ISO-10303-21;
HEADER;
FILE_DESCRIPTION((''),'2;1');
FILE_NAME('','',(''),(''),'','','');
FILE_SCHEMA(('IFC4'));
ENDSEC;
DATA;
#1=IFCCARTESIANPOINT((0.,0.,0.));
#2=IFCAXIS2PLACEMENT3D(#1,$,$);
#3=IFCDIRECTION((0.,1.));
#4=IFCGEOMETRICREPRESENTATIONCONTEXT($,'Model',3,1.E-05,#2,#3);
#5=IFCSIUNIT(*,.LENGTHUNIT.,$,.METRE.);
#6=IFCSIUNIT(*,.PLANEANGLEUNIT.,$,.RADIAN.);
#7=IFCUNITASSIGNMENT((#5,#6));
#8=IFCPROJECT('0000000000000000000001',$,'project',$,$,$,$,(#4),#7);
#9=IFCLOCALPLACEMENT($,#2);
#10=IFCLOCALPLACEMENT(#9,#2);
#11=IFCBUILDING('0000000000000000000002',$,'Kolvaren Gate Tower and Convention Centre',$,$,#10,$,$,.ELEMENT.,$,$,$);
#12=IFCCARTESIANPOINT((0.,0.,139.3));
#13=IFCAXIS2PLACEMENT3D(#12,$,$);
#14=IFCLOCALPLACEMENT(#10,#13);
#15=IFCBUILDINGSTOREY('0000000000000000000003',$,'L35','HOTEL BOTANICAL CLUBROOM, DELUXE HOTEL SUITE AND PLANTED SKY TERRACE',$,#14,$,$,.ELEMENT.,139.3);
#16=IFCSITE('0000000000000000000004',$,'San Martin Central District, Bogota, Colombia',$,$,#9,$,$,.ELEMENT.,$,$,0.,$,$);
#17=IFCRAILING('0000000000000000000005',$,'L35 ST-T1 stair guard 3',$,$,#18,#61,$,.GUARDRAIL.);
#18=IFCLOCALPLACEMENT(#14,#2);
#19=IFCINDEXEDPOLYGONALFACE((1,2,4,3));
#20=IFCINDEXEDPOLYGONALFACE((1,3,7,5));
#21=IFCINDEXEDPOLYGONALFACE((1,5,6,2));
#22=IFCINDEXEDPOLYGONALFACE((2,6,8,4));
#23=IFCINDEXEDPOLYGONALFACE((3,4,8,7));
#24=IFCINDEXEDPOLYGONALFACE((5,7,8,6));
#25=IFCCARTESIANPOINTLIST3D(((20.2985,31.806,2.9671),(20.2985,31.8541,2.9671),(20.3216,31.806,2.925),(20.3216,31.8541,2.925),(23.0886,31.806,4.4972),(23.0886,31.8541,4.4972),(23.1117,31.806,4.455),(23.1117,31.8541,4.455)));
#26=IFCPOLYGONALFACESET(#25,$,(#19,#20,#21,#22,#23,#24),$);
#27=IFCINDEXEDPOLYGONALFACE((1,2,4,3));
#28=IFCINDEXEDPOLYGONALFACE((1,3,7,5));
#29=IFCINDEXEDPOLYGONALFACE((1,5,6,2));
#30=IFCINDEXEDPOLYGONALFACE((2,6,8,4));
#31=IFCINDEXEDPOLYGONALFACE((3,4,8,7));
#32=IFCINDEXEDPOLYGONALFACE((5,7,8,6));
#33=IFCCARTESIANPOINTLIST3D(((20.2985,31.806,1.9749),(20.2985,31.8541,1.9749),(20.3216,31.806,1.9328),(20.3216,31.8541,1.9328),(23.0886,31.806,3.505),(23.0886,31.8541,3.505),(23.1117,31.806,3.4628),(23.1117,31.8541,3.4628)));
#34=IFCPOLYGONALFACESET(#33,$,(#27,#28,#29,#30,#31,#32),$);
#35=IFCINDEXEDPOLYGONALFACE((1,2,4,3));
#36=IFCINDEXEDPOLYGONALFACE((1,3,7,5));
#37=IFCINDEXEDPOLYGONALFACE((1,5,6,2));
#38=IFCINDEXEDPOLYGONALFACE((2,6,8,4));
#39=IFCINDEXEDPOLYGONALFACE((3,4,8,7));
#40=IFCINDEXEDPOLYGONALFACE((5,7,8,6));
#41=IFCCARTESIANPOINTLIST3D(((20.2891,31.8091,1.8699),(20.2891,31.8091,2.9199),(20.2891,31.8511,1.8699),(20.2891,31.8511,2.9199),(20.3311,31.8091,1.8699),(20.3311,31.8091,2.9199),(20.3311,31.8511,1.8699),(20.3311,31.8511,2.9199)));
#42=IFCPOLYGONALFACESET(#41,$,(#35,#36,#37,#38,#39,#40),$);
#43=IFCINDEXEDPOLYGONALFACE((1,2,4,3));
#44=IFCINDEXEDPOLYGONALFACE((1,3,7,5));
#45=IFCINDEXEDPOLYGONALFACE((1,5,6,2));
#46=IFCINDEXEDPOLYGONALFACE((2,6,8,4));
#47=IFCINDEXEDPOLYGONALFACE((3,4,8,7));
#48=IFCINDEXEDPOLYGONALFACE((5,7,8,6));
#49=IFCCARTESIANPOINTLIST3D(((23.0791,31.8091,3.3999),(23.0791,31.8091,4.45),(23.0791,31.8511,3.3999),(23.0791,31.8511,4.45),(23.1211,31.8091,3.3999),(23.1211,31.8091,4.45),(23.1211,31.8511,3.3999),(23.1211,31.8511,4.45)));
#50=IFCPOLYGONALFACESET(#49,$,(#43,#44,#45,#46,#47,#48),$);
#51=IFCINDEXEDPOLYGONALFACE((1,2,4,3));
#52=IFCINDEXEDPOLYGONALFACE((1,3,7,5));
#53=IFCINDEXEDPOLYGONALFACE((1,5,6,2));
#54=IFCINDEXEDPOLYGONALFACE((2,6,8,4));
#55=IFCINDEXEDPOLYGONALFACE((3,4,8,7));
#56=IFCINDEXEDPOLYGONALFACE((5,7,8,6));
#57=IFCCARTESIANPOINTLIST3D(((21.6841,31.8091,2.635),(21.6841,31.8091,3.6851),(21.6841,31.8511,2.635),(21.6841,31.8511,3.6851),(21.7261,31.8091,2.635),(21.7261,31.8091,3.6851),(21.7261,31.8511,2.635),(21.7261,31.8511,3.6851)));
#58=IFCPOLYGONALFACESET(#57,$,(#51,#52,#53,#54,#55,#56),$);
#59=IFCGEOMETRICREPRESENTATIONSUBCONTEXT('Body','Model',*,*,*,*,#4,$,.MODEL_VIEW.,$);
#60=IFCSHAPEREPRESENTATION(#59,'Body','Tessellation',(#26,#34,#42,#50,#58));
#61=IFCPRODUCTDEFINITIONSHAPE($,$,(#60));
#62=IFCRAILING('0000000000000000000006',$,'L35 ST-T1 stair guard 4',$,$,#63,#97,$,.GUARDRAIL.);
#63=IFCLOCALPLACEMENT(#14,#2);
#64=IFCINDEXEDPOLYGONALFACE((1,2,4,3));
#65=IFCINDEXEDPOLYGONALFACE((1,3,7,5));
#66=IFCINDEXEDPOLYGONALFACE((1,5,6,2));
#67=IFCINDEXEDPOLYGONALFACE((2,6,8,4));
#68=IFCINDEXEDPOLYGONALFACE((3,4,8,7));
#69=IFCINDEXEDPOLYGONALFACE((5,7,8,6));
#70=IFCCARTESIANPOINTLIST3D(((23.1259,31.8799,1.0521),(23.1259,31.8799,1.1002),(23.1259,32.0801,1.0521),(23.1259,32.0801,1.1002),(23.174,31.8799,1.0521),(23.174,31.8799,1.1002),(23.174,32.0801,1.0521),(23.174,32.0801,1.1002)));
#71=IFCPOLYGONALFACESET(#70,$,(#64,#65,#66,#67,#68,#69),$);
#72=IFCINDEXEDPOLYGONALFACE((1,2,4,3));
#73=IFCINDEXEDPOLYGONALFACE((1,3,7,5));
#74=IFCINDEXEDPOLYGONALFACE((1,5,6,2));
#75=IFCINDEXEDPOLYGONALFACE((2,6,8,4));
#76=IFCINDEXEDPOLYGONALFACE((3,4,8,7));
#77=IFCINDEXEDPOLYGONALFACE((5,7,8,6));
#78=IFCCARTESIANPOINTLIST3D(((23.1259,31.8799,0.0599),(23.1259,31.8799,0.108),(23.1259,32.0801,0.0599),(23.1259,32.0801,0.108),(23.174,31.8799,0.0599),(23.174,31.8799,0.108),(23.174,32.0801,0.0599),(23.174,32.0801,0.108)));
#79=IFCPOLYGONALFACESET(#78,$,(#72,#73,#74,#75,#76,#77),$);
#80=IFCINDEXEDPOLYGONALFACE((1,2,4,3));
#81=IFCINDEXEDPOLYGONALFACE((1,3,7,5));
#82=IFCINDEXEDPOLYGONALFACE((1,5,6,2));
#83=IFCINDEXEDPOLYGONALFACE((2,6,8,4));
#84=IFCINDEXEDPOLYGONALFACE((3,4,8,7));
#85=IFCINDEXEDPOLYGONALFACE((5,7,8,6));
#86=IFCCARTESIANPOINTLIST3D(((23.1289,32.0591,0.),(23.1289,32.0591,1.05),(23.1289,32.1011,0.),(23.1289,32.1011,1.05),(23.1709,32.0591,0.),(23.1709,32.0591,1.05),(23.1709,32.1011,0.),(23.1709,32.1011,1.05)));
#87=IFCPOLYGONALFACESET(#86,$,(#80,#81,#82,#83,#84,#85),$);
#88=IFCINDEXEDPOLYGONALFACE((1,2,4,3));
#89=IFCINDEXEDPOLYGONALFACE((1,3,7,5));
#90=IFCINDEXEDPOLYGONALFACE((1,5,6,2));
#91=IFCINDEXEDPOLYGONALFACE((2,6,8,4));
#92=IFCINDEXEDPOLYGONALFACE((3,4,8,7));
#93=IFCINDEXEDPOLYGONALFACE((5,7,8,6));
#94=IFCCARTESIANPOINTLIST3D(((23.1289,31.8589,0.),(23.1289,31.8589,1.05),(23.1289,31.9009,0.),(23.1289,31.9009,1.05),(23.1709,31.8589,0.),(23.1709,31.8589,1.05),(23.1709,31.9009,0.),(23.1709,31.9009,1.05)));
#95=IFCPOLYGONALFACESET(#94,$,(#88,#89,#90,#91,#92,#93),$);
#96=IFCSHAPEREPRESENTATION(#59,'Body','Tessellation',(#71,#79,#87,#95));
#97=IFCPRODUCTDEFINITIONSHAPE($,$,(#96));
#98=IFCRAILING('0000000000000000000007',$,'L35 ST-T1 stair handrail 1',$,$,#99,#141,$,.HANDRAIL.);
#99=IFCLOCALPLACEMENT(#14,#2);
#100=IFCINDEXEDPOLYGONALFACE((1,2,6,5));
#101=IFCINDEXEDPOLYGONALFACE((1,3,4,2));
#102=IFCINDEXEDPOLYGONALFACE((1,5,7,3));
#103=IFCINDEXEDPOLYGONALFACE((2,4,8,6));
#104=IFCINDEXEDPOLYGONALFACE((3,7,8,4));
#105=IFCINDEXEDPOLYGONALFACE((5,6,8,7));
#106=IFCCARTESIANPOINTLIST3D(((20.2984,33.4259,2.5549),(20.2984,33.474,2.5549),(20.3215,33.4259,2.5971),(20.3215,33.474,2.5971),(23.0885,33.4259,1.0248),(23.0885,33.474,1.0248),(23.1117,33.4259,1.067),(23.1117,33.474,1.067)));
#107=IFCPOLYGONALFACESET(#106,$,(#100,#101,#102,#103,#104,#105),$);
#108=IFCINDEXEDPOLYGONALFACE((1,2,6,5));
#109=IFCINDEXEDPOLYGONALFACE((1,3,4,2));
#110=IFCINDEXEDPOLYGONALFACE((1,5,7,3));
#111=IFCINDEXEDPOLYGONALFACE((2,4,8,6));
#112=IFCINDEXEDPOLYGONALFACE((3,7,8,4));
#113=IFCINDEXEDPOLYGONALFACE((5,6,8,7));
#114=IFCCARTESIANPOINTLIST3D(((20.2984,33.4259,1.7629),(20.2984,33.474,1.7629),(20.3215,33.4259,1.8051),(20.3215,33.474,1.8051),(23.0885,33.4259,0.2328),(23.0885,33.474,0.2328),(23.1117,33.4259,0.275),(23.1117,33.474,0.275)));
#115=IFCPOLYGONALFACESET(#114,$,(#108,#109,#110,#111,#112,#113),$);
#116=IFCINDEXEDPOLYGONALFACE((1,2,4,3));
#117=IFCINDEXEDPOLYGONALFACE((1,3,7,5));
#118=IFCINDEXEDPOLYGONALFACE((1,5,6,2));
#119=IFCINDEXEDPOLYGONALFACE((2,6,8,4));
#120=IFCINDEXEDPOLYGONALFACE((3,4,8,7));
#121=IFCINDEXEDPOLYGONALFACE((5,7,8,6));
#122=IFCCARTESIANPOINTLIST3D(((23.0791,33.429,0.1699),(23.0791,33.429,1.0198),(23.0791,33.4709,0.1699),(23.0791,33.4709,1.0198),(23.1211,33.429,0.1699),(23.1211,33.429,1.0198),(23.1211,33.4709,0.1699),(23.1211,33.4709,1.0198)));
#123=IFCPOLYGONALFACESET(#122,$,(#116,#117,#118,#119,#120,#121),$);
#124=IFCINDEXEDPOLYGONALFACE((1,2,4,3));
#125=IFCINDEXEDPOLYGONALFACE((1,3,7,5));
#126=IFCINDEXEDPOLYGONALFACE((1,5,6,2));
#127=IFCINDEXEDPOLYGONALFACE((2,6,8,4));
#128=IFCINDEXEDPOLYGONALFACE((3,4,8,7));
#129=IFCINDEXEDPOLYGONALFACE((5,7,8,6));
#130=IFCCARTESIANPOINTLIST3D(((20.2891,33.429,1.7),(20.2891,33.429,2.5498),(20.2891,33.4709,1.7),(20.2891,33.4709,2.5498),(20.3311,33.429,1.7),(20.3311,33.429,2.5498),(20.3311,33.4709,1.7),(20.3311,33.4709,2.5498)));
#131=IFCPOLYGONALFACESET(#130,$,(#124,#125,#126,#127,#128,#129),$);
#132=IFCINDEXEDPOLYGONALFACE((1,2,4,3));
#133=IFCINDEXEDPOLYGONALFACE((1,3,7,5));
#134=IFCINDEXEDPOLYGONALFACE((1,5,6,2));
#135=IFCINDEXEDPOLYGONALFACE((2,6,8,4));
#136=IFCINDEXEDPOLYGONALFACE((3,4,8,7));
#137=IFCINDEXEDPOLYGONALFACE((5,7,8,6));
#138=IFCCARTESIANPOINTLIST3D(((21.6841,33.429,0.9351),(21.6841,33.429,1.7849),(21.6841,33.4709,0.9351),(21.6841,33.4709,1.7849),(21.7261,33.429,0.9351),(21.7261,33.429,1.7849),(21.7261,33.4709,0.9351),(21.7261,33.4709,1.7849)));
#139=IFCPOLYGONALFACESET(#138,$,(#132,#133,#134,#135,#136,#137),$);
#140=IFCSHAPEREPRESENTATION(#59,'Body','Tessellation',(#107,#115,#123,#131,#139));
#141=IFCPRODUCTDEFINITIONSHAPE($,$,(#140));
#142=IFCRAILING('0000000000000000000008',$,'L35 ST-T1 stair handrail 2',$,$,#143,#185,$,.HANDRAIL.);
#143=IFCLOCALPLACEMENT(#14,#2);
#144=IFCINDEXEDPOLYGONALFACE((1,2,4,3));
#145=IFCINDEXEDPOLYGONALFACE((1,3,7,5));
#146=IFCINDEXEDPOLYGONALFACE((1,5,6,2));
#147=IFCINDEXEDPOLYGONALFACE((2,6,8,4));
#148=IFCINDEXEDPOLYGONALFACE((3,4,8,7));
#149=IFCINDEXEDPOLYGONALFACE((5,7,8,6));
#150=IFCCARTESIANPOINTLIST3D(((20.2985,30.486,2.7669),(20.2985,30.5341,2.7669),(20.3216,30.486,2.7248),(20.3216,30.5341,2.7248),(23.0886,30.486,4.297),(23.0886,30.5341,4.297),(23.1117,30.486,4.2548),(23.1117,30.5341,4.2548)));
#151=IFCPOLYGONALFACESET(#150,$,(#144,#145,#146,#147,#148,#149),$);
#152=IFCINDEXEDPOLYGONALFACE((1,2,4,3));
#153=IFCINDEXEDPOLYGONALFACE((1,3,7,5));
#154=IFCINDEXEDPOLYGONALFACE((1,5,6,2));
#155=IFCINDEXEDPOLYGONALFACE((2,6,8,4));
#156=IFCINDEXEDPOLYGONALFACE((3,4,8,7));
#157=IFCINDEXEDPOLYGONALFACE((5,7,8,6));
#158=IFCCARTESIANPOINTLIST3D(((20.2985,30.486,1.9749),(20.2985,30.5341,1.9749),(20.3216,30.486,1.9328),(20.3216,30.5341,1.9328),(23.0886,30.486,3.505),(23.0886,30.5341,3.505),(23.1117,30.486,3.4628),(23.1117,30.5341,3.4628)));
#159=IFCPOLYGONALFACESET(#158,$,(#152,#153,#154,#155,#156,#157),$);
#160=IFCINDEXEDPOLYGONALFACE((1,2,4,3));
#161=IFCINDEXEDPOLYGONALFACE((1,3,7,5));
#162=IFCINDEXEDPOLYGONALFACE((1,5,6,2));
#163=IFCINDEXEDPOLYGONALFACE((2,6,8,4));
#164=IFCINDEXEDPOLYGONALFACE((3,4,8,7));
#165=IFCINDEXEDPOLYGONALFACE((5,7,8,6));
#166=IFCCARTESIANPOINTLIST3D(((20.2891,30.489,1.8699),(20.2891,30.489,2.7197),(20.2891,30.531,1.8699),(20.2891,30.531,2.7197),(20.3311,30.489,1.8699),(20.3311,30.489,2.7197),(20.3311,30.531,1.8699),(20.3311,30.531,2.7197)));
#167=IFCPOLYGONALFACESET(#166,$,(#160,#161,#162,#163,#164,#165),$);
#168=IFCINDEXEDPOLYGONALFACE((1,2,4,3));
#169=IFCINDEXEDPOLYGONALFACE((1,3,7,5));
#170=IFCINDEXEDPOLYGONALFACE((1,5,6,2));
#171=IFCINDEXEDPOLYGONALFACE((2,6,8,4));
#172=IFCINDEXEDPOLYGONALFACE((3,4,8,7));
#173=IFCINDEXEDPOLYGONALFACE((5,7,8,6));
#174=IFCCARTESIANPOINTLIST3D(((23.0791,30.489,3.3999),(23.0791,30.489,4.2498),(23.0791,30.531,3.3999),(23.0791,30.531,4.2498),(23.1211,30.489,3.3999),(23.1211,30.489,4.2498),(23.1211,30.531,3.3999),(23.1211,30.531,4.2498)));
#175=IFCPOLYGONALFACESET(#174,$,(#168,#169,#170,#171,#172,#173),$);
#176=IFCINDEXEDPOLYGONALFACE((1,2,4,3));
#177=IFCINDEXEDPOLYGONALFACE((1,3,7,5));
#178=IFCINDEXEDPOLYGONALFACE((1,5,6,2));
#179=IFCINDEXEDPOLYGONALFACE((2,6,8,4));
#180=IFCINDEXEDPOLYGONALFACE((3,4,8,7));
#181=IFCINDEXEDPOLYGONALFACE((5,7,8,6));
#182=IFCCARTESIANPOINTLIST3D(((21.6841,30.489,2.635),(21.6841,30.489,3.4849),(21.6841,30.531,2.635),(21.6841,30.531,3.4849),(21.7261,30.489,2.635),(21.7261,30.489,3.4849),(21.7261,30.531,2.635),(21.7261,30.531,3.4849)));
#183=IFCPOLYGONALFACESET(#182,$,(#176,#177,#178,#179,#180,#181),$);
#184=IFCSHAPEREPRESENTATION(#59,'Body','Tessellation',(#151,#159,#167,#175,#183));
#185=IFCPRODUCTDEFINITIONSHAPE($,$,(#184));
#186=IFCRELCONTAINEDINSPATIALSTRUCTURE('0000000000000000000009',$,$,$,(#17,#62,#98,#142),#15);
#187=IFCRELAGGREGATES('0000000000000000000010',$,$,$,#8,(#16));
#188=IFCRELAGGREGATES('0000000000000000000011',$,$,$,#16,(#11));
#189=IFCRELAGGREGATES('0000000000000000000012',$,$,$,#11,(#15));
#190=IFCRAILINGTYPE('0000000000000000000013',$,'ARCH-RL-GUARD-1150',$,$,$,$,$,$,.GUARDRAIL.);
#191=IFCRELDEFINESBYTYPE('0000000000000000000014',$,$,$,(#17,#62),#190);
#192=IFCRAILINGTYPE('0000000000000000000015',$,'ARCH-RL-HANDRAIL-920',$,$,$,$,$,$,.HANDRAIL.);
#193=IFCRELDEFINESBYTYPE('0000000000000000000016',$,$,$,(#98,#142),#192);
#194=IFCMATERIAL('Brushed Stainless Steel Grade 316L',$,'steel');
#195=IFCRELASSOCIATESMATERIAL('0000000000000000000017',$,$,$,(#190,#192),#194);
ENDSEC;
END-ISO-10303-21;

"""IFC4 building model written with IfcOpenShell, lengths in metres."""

from ifc_helpers import new_model, si_unit, direction, frame, origin, origin_2d, place, context, subcontext, project, spatial, rectangle, extrude, material, type_object, element, save


model = new_model("IFC4")

# Units and contexts
model_context = context("Model", 3, precision=1e-05, world=origin(), true_north=direction((0.0, 1.0)))
body_context = subcontext(model_context, "Body", "Model", "MODEL_VIEW")
ifc_project = project(units=[si_unit("LENGTHUNIT", "METRE"), si_unit("PLANEANGLEUNIT", "RADIAN")], contexts=[model_context])

# Site, building, storey
site_placement = place(None, origin())
site = spatial("IfcSite", under=ifc_project, at=site_placement, Name="San Martin Central District, Bogota, Colombia", CompositionType="ELEMENT", RefElevation=0.0)
building_placement = place(site_placement, origin())
building = spatial("IfcBuilding", under=site, at=building_placement, Name="Kolvaren Gate Tower and Convention Centre", CompositionType="ELEMENT")
storey_placement = place(building_placement, frame((0.0, 0.0, 139.3)))
storey = spatial("IfcBuildingStorey", under=building, at=storey_placement, Name="L35", Description="HOTEL BOTANICAL CLUBROOM, DELUXE HOTEL SUITE AND PLANTED SKY TERRACE", CompositionType="ELEMENT", Elevation=139.3)

# Shared definitions
ifc_material_1 = material(Name="Brushed Stainless Steel Grade 316L", Category="steel")

# Railings
railing_type_1 = type_object("IfcRailingType", Name="ARCH-RL-GUARD-1150", PredefinedType="GUARDRAIL", material=ifc_material_1)
railing_1_placement = place(storey_placement, frame((20.3101, 31.8301, 1.8699)))
element("IfcRailing", 1, at=railing_1_placement, inside=storey, type_object=railing_type_1, Name="L35 ST-T1 stair guard 3", PredefinedType="GUARDRAIL", context=body_context, shape_type="SweptSolid", body=[
    extrude(rectangle(XDim=0.0481, YDim=0.0481, at=origin_2d()), frame((0.0, 0.0, 1.0762), z_axis=(0.876811, 0.0, 0.480835), x_axis=(0.0, 1.0, 0.0)), (0.0, 0.0, 1.0), 3.1821),
    extrude(rectangle(XDim=0.0481, YDim=0.0481, at=origin_2d()), frame((0.0, 0.0, 0.084), z_axis=(0.876811, 0.0, 0.480835), x_axis=(0.0, 1.0, 0.0)), (0.0, 0.0, 1.0), 3.1821),
    extrude(rectangle(XDim=0.042, YDim=0.042, at=origin_2d()), origin(), (0.0, 0.0, 1.0), 1.05),
    extrude(rectangle(XDim=0.042, YDim=0.042, at=origin_2d()), frame((2.79, 0.0, 1.53)), (0.0, 0.0, 1.0), 1.05),
    extrude(rectangle(XDim=0.042, YDim=0.042, at=origin_2d()), frame((1.395, 0.0, 0.7651)), (0.0, 0.0, 1.0), 1.05),
])
railing_2_placement = place(storey_placement, frame((23.1499, 32.0801, 0.0)))
element("IfcRailing", 2, at=railing_2_placement, inside=storey, type_object=railing_type_1, Name="L35 ST-T1 stair guard 4", PredefinedType="GUARDRAIL", context=body_context, shape_type="SweptSolid", body=[
    extrude(rectangle(XDim=0.0481, YDim=0.0481, at=origin_2d()), frame((0.0, 0.0, 1.0762), z_axis=(0.0, -1.0, 0.0), x_axis=(1.0, 0.0, 0.0)), (0.0, 0.0, 1.0), 0.2002),
    extrude(rectangle(XDim=0.0481, YDim=0.0481, at=origin_2d()), frame((0.0, 0.0, 0.084), z_axis=(0.0, -1.0, 0.0), x_axis=(1.0, 0.0, 0.0)), (0.0, 0.0, 1.0), 0.2002),
    extrude(rectangle(XDim=0.042, YDim=0.042, at=origin_2d()), origin(), (0.0, 0.0, 1.0), 1.05),
    extrude(rectangle(XDim=0.042, YDim=0.042, at=origin_2d()), frame((0.0, -0.2002, 0.0)), (0.0, 0.0, 1.0), 1.05),
])
railing_type_2 = type_object("IfcRailingType", Name="ARCH-RL-HANDRAIL-920", PredefinedType="HANDRAIL", material=ifc_material_1)
railing_3_placement = place(storey_placement, frame((23.1001, 33.45, 0.1699)))
element("IfcRailing", 3, at=railing_3_placement, inside=storey, type_object=railing_type_2, Name="L35 ST-T1 stair handrail 1", PredefinedType="HANDRAIL", context=body_context, shape_type="SweptSolid", body=[
    extrude(rectangle(XDim=0.0481, YDim=0.0481, at=origin_2d()), frame((0.0, 0.0, 0.876), z_axis=(-0.876811, 0.0, 0.480835), x_axis=(0.0, -1.0, 0.0)), (0.0, 0.0, 1.0), 3.1821),
    extrude(rectangle(XDim=0.0481, YDim=0.0481, at=origin_2d()), frame((0.0, 0.0, 0.084), z_axis=(-0.876811, 0.0, 0.480835), x_axis=(0.0, -1.0, 0.0)), (0.0, 0.0, 1.0), 3.1821),
    extrude(rectangle(XDim=0.042, YDim=0.042, at=origin_2d()), origin(), (0.0, 0.0, 1.0), 0.8499),
    extrude(rectangle(XDim=0.042, YDim=0.042, at=origin_2d()), frame((-2.79, 0.0, 1.53)), (0.0, 0.0, 1.0), 0.8499),
    extrude(rectangle(XDim=0.042, YDim=0.042, at=origin_2d()), frame((-1.395, 0.0, 0.7651)), (0.0, 0.0, 1.0), 0.8499),
])
railing_4_placement = place(storey_placement, frame((20.3101, 30.51, 1.8699)))
element("IfcRailing", 4, at=railing_4_placement, inside=storey, type_object=railing_type_2, Name="L35 ST-T1 stair handrail 2", PredefinedType="HANDRAIL", context=body_context, shape_type="SweptSolid", body=[
    extrude(rectangle(XDim=0.0481, YDim=0.0481, at=origin_2d()), frame((0.0, 0.0, 0.876), z_axis=(0.876811, 0.0, 0.480835), x_axis=(0.0, 1.0, 0.0)), (0.0, 0.0, 1.0), 3.1821),
    extrude(rectangle(XDim=0.0481, YDim=0.0481, at=origin_2d()), frame((0.0, 0.0, 0.084), z_axis=(0.876811, 0.0, 0.480835), x_axis=(0.0, 1.0, 0.0)), (0.0, 0.0, 1.0), 3.1821),
    extrude(rectangle(XDim=0.042, YDim=0.042, at=origin_2d()), origin(), (0.0, 0.0, 1.0), 0.8499),
    extrude(rectangle(XDim=0.042, YDim=0.042, at=origin_2d()), frame((2.79, 0.0, 1.53)), (0.0, 0.0, 1.0), 0.8499),
    extrude(rectangle(XDim=0.042, YDim=0.042, at=origin_2d()), frame((1.395, 0.0, 0.7651)), (0.0, 0.0, 1.0), 0.8499),
])

save(model, "model.ifc")
